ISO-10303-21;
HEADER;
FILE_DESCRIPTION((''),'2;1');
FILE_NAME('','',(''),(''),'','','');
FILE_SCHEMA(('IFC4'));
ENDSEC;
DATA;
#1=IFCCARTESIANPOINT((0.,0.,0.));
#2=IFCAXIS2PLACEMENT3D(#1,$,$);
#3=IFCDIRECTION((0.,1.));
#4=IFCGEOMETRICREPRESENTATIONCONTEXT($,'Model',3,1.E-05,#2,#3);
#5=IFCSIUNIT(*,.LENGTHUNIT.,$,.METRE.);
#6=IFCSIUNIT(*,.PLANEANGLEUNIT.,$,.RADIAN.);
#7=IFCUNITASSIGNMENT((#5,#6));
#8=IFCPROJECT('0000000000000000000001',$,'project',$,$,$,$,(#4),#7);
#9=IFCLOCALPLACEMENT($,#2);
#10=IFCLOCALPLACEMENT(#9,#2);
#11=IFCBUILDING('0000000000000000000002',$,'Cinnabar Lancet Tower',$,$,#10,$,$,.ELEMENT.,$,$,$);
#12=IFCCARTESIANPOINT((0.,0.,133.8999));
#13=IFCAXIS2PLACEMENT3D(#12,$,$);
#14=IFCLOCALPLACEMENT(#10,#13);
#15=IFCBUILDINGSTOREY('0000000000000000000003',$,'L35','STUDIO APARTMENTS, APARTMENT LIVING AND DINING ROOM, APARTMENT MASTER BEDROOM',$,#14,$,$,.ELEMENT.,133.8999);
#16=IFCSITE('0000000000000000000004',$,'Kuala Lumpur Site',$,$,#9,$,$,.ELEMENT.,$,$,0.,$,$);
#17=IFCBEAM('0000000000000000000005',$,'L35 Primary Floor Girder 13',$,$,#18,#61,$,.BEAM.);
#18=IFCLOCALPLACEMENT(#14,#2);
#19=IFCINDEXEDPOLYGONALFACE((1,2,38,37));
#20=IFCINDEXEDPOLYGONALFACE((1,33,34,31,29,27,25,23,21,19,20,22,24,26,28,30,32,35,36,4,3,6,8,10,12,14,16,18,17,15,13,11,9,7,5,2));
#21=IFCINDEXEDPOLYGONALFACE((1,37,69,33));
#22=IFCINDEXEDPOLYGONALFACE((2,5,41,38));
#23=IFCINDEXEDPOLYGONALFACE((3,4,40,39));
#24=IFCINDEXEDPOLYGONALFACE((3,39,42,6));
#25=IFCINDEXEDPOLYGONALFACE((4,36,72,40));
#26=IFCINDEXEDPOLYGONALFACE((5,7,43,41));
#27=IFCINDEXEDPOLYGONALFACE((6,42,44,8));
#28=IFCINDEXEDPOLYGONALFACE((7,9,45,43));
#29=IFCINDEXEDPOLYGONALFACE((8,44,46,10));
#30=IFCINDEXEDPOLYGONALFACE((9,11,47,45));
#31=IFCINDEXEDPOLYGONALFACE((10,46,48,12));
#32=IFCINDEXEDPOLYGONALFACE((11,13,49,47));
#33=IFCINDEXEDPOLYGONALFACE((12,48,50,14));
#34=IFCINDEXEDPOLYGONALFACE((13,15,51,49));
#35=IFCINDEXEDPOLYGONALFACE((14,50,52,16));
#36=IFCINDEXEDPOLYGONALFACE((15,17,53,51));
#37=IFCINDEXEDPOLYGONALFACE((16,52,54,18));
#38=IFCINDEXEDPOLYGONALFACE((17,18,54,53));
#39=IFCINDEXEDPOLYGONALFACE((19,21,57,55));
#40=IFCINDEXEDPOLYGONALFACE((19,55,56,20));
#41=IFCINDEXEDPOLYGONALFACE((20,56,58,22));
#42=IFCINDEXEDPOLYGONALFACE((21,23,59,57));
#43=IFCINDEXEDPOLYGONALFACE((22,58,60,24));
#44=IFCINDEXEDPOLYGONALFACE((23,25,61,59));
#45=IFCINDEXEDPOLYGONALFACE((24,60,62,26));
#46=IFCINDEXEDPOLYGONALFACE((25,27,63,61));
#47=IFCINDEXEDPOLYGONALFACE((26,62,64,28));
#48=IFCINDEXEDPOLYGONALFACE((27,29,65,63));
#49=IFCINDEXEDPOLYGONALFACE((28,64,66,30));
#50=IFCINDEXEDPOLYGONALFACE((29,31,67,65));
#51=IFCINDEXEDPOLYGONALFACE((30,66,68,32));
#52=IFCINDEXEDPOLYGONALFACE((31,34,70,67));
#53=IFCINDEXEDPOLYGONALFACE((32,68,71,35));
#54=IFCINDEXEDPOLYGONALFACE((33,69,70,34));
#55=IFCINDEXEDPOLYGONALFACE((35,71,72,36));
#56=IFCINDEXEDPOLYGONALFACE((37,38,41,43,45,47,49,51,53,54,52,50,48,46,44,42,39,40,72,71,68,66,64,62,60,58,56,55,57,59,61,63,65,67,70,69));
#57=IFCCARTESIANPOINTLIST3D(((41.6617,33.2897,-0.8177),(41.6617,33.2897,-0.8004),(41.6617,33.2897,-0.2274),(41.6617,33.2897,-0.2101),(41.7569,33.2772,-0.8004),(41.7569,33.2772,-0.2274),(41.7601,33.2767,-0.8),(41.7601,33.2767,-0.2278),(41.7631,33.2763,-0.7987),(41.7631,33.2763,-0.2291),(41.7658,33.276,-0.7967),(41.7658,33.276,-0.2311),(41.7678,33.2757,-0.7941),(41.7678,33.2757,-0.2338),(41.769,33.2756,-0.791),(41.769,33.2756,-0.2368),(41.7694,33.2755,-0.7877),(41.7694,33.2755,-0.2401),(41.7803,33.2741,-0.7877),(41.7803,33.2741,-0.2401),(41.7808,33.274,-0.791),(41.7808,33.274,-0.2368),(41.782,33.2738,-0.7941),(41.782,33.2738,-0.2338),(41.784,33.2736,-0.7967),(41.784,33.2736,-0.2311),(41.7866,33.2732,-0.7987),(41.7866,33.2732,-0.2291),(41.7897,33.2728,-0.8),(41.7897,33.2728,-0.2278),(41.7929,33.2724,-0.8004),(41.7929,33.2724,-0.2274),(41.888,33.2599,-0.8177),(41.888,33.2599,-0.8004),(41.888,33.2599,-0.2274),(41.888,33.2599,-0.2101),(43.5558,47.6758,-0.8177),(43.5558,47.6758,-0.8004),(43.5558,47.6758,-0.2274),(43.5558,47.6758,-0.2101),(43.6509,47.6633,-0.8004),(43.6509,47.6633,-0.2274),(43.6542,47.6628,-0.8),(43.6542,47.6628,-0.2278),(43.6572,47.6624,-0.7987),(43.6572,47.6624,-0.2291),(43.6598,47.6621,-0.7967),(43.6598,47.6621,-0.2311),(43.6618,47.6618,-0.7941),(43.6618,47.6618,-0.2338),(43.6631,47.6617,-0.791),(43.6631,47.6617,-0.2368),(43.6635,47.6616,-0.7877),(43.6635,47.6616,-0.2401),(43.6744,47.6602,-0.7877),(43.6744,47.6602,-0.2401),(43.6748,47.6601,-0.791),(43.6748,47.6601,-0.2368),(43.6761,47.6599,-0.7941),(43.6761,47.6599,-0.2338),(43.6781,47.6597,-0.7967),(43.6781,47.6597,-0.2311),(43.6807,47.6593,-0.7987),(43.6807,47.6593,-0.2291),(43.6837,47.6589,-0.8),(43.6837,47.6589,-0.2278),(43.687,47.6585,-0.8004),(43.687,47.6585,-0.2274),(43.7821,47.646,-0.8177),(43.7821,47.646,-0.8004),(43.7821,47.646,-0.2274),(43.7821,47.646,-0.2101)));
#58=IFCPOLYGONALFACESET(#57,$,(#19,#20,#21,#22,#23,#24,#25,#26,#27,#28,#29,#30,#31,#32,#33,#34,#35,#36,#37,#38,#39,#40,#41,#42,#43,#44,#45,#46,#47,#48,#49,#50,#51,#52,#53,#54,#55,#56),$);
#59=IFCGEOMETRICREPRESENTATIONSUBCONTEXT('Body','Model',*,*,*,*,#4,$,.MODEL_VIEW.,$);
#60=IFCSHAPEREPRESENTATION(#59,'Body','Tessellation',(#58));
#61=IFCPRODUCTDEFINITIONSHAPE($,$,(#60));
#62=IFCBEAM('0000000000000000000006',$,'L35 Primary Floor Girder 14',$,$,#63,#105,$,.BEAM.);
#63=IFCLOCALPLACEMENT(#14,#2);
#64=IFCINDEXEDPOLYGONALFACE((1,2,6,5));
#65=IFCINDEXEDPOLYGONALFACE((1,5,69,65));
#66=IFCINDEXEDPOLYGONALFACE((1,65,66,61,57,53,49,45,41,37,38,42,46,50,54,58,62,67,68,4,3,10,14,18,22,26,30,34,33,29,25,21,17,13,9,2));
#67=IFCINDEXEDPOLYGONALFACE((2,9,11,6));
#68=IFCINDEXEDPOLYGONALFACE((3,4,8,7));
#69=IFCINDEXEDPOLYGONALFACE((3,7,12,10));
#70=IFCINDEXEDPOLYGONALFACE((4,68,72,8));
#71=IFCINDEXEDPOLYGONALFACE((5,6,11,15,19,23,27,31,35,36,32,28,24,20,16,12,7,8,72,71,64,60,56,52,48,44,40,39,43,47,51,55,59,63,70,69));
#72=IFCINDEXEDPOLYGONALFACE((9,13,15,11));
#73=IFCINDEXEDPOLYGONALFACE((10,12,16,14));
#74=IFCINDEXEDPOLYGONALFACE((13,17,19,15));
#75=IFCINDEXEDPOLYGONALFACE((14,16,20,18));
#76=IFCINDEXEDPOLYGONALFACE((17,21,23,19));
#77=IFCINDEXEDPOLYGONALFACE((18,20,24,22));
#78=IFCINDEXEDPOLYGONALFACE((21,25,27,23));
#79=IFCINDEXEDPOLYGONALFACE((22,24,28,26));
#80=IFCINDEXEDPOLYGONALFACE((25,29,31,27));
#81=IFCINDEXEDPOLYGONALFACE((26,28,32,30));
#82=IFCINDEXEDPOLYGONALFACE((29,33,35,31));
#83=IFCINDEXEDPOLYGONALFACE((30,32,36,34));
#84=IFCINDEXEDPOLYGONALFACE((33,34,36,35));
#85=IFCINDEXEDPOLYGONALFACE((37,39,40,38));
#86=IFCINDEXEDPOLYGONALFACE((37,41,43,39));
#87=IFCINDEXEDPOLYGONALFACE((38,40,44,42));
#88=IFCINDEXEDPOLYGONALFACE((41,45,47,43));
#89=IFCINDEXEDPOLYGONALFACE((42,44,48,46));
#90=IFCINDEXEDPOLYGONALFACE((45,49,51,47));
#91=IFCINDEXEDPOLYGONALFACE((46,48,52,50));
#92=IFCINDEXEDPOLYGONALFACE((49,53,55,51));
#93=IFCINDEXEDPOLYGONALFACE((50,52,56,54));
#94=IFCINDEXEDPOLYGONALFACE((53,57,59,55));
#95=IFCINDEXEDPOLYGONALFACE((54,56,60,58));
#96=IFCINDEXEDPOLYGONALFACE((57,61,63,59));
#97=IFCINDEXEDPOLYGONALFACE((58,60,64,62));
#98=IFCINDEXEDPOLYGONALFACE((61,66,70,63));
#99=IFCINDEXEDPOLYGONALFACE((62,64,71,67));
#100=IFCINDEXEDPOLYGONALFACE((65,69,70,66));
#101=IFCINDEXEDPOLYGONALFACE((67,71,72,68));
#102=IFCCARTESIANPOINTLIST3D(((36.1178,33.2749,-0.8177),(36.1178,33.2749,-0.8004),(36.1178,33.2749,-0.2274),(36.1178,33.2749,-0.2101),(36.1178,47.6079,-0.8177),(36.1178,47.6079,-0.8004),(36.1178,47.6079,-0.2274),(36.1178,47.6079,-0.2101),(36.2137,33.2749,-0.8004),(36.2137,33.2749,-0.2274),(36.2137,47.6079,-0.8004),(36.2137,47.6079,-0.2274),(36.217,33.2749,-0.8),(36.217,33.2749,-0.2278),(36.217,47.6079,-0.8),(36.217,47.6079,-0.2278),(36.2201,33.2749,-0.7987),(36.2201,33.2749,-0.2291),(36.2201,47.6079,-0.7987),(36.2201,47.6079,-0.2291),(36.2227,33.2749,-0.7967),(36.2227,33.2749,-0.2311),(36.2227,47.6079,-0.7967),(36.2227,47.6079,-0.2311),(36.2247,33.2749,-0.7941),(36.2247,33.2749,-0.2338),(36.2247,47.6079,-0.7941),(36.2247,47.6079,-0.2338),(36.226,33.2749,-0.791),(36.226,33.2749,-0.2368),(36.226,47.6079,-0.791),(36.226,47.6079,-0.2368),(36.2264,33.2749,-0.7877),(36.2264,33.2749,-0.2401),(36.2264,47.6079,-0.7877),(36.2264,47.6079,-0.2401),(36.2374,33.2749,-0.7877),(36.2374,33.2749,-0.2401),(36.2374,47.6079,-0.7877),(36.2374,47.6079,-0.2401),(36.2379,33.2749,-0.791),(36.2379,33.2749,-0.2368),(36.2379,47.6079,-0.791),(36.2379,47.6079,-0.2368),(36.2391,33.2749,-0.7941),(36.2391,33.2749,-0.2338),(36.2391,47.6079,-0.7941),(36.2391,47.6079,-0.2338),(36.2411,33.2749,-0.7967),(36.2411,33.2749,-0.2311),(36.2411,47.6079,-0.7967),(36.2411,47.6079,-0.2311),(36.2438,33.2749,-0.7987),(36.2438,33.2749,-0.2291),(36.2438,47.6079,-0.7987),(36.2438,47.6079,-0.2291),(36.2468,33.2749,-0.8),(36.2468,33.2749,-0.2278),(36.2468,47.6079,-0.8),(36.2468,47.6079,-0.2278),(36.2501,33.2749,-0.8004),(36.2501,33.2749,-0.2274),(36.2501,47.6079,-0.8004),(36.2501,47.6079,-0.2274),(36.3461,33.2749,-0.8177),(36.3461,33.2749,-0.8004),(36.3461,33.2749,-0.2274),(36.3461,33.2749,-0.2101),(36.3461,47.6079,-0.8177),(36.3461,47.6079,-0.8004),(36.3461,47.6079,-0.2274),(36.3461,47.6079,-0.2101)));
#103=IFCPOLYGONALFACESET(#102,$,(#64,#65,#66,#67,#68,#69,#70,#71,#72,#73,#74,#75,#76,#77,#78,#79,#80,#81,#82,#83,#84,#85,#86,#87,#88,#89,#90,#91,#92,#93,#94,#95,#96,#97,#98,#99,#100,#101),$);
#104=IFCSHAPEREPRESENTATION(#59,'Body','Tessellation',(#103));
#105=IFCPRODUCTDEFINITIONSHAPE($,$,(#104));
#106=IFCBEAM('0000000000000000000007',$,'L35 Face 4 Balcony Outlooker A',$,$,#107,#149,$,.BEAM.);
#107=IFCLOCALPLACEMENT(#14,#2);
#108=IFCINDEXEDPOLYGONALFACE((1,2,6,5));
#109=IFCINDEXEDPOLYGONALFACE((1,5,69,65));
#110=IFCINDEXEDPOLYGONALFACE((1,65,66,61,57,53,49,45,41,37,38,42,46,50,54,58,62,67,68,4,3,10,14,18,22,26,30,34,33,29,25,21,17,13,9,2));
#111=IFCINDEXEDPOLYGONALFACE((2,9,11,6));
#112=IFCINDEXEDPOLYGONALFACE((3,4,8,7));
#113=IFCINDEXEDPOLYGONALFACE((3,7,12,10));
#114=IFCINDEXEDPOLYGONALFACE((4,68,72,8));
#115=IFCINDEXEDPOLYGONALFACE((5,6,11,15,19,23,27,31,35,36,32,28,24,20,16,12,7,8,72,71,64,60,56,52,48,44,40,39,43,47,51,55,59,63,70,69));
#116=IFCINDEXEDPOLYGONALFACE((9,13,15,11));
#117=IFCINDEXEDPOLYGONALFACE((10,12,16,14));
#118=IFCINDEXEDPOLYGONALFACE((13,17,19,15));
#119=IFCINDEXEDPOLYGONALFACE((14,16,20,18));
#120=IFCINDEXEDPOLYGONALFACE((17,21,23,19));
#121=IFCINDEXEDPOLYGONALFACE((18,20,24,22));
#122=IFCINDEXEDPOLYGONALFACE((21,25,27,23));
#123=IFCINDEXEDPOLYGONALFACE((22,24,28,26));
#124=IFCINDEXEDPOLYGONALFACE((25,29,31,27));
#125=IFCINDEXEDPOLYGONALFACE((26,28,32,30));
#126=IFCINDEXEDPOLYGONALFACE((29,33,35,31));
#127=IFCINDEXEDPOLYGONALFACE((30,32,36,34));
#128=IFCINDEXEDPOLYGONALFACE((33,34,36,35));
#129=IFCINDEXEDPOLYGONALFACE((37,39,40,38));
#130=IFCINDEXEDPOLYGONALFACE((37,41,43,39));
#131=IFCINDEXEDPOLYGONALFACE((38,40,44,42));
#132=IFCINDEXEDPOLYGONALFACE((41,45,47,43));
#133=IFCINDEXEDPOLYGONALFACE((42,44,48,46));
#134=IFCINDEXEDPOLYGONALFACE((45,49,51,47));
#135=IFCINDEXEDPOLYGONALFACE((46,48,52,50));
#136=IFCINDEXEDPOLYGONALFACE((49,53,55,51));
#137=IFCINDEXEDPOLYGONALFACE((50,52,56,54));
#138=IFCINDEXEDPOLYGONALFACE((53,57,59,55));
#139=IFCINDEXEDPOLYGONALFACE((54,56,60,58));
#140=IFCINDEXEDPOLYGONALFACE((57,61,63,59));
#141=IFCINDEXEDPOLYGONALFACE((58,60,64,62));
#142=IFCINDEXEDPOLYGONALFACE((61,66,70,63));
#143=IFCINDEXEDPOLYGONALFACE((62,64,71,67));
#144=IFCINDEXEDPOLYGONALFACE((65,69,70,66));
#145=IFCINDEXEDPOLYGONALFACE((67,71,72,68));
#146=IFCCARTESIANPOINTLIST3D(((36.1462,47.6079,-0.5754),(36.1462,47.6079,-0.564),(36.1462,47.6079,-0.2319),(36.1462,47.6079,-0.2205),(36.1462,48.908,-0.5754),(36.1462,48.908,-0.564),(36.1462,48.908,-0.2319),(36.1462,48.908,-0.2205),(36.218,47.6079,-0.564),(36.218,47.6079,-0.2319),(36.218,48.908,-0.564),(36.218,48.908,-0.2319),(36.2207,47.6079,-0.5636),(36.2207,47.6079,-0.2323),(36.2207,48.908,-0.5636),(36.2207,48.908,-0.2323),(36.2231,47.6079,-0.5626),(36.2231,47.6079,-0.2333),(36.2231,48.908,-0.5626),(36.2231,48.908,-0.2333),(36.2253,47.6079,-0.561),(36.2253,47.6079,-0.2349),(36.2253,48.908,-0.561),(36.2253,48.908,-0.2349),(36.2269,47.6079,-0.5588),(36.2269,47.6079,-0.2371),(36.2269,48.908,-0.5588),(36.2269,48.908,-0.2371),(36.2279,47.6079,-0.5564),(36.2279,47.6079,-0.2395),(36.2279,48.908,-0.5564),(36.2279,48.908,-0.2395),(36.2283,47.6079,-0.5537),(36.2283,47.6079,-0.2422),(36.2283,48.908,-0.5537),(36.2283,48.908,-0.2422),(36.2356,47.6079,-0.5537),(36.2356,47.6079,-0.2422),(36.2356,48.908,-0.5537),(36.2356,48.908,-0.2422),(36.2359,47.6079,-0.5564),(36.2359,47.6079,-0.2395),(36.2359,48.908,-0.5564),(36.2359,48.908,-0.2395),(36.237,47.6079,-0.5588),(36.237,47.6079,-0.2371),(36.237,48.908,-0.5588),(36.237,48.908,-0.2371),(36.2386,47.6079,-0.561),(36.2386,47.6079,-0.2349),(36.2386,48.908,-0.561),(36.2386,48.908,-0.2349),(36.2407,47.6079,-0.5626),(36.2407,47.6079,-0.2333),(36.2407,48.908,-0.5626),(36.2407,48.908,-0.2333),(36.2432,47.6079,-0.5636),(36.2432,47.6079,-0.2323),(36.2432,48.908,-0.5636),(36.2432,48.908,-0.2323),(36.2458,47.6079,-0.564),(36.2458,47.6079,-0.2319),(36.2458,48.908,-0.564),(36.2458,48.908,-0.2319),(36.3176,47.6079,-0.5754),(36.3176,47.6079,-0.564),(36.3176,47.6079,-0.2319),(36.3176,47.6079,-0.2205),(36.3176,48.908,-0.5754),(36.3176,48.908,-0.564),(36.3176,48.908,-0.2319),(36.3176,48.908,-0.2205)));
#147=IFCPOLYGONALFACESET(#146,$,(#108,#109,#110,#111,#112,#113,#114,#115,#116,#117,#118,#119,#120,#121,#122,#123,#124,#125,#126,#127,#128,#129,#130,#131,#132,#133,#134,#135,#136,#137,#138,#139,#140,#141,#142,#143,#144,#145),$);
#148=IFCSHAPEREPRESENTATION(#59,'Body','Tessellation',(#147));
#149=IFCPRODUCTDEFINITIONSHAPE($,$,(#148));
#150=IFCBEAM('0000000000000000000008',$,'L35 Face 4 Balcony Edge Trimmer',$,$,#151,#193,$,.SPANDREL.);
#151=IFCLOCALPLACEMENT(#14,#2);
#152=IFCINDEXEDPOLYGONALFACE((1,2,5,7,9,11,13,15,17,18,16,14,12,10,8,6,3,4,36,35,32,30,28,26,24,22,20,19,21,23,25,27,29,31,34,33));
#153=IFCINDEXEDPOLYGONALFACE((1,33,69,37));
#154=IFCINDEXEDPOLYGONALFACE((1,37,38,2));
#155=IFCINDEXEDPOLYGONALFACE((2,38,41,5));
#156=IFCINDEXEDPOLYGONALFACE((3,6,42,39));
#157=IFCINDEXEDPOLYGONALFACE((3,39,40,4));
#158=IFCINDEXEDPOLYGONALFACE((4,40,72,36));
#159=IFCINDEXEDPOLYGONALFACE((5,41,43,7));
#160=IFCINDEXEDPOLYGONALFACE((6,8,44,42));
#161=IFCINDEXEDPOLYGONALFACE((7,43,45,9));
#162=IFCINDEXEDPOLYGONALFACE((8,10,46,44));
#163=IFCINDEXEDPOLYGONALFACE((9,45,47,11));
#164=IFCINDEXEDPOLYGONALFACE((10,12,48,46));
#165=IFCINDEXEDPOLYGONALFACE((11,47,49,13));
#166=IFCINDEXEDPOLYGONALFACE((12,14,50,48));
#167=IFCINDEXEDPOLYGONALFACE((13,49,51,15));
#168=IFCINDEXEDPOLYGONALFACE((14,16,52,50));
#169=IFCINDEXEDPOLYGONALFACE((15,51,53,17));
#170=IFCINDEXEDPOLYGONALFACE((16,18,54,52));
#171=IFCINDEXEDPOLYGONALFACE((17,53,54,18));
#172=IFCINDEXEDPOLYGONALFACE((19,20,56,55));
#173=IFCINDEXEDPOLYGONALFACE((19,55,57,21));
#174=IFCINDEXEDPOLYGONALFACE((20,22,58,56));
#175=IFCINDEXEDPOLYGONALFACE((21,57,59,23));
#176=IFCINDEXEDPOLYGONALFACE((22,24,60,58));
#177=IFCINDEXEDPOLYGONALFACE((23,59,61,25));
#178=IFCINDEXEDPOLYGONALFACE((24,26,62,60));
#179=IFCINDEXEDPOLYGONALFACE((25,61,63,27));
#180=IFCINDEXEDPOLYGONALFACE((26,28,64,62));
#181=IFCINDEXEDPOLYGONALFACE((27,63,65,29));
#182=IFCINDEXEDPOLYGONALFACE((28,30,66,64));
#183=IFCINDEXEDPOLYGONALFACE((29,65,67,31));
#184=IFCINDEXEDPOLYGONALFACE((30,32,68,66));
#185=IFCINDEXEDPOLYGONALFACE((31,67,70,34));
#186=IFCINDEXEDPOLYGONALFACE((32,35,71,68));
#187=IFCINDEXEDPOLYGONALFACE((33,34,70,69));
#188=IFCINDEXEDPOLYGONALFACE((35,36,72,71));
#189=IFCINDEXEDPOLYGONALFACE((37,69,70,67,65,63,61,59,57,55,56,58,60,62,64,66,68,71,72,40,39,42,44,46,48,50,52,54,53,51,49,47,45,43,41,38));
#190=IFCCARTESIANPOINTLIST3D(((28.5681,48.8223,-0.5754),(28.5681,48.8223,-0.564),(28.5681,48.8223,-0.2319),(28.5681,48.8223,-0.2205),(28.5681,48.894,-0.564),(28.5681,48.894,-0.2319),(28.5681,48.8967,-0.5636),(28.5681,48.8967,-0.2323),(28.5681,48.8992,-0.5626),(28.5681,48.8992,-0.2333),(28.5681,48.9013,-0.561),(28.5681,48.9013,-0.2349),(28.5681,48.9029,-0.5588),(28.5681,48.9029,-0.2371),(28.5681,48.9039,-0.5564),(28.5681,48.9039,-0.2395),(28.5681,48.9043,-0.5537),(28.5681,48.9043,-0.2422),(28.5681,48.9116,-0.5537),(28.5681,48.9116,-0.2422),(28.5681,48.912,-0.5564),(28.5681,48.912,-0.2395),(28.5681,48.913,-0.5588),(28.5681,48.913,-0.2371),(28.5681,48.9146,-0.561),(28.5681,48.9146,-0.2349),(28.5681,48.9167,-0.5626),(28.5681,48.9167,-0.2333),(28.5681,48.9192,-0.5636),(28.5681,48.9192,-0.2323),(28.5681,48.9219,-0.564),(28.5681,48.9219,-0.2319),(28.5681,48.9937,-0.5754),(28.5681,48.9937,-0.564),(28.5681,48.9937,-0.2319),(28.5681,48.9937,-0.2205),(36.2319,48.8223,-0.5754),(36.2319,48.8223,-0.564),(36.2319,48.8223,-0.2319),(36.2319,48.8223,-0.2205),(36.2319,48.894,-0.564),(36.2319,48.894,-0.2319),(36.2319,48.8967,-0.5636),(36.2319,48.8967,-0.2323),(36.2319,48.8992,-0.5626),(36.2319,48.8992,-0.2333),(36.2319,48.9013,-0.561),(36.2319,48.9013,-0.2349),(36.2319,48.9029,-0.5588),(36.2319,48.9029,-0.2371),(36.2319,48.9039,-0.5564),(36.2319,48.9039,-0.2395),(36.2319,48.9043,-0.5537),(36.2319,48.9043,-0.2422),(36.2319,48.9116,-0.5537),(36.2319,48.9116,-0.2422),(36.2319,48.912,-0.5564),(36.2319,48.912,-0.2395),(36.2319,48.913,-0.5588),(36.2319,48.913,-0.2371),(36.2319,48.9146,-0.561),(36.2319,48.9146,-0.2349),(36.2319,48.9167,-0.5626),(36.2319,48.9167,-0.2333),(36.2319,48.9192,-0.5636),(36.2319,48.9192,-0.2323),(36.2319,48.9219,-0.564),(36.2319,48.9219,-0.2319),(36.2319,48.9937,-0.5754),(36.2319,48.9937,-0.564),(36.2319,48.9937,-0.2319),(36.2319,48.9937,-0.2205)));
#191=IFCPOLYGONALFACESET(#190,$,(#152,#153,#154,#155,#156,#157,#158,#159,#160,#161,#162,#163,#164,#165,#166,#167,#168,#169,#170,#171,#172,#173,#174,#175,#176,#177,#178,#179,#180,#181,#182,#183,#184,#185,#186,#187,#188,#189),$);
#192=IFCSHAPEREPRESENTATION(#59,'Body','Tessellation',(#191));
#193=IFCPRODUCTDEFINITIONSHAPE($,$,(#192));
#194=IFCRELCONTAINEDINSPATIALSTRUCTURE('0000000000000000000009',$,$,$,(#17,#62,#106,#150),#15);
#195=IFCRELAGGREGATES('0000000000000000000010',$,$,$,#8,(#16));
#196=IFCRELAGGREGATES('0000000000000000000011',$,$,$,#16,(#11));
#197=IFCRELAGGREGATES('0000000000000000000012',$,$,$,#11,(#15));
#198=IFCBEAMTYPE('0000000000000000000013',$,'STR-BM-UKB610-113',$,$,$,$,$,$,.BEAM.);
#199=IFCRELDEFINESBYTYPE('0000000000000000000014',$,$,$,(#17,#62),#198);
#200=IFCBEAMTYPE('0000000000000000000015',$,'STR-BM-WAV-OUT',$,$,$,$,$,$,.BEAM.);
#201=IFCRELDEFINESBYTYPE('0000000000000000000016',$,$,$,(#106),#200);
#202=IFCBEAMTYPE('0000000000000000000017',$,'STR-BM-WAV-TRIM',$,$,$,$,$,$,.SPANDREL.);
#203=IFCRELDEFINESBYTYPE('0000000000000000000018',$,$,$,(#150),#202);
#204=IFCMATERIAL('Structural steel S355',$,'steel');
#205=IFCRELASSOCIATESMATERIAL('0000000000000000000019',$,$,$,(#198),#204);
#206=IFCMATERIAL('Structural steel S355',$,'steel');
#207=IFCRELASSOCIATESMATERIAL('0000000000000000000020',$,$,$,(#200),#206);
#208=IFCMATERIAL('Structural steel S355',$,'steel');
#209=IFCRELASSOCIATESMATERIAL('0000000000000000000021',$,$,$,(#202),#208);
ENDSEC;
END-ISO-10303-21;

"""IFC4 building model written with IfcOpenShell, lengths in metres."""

from ifc_helpers import new_model, si_unit, direction, frame, origin, origin_2d, place, context, subcontext, project, spatial, i_section, extrude, material, material_profile, profile_set, type_object, element, save


model = new_model("IFC4")

# Units and contexts
model_context = context("Model", 3, precision=1e-05, world=origin(), true_north=direction((0.0, 1.0)))
body_context = subcontext(model_context, "Body", "Model", "MODEL_VIEW")
ifc_project = project(units=[si_unit("LENGTHUNIT", "METRE"), si_unit("PLANEANGLEUNIT", "RADIAN")], contexts=[model_context])

# Site, building, storey
site_placement = place(None, origin())
site = spatial("IfcSite", under=ifc_project, at=site_placement, Name="Kuala Lumpur Site", CompositionType="ELEMENT", RefElevation=0.0)
building_placement = place(site_placement, origin())
building = spatial("IfcBuilding", under=site, at=building_placement, Name="Cinnabar Lancet Tower", CompositionType="ELEMENT")
storey_placement = place(building_placement, frame((0.0, 0.0, 133.8999)))
storey = spatial("IfcBuildingStorey", under=building, at=storey_placement, Name="L35", Description="STUDIO APARTMENTS, APARTMENT LIVING AND DINING ROOM, APARTMENT MASTER BEDROOM", CompositionType="ELEMENT", Elevation=133.8999)

# Beams
ifc_material_1 = material(Name="Structural steel S355", Category="steel")
ifc_material_profile_1 = material_profile(ifc_material_1, i_section(OverallWidth=0.2283, OverallDepth=0.6077, WebThickness=0.011, FlangeThickness=0.0173, FilletRadius=0.0127, at=origin_2d()), Name="UKB 610x229x113")
ifc_profile_set_1 = profile_set([ifc_material_profile_1], Name="Structural steel S355")
beam_type_1 = type_object("IfcBeamType", Name="STR-BM-UKB610-113", PredefinedType="BEAM", material=ifc_profile_set_1)
beam_1_placement = place(storey_placement, frame((43.6689, 47.6609, -0.5139), z_axis=(-0.130532, -0.991444, 0.0), x_axis=(0.991444, -0.130532, 0.0)))
element("IfcBeam", 1, at=beam_1_placement, inside=storey, type_object=beam_type_1, Name="L35 Primary Floor Girder 13", PredefinedType="BEAM", context=body_context, shape_type="SweptSolid", body=[
    extrude(i_section(OverallWidth=0.2283, OverallDepth=0.6077, WebThickness=0.011, FlangeThickness=0.0173, FilletRadius=0.0127, at=origin_2d()), origin(), (0.0, 0.0, 1.0), 14.5103),
])
beam_2_placement = place(storey_placement, frame((36.2319, 47.6079, -0.5139), z_axis=(0.0, -1.0, 0.0), x_axis=(1.0, 0.0, 0.0)))
element("IfcBeam", 2, at=beam_2_placement, inside=storey, type_object=beam_type_1, Name="L35 Primary Floor Girder 14", PredefinedType="BEAM", context=body_context, shape_type="SweptSolid", body=[
    extrude(i_section(OverallWidth=0.2283, OverallDepth=0.6077, WebThickness=0.011, FlangeThickness=0.0173, FilletRadius=0.0127, at=origin_2d()), origin(), (0.0, 0.0, 1.0), 14.333),
])
ifc_material_2 = material(Name="Structural steel S355", Category="steel")
ifc_material_profile_2 = material_profile(ifc_material_2, i_section(OverallWidth=0.1714, OverallDepth=0.355, WebThickness=0.0073, FlangeThickness=0.0115, FilletRadius=0.0103, at=origin_2d()), Name="UKB 356x171x51")
ifc_profile_set_2 = profile_set([ifc_material_profile_2], Name="Structural steel S355")
beam_type_2 = type_object("IfcBeamType", Name="STR-BM-WAV-OUT", PredefinedType="BEAM", material=ifc_profile_set_2)
beam_3_placement = place(storey_placement, frame((36.2319, 47.6079, -0.3979), z_axis=(0.0, 1.0, 0.0), x_axis=(-1.0, 0.0, 0.0)))
element("IfcBeam", 3, at=beam_3_placement, inside=storey, type_object=beam_type_2, Name="L35 Face 4 Balcony Outlooker A", PredefinedType="BEAM", context=body_context, shape_type="SweptSolid", body=[
    extrude(i_section(OverallWidth=0.1714, OverallDepth=0.355, WebThickness=0.0073, FlangeThickness=0.0115, FilletRadius=0.0103, at=origin_2d()), origin(), (0.0, 0.0, 1.0), 1.3),
])
ifc_material_3 = material(Name="Structural steel S355", Category="steel")
ifc_material_profile_3 = material_profile(ifc_material_3, i_section(OverallWidth=0.1714, OverallDepth=0.355, WebThickness=0.0073, FlangeThickness=0.0115, FilletRadius=0.0103, at=origin_2d()), Name="UKB 356x171x51")
ifc_profile_set_3 = profile_set([ifc_material_profile_3], Name="Structural steel S355")
beam_type_3 = type_object("IfcBeamType", Name="STR-BM-WAV-TRIM", PredefinedType="SPANDREL", material=ifc_profile_set_3)
beam_4_placement = place(storey_placement, frame((36.2319, 48.908, -0.3979), z_axis=(-1.0, 0.0, 0.0), x_axis=(0.0, -1.0, 0.0)))
element("IfcBeam", 4, at=beam_4_placement, inside=storey, type_object=beam_type_3, Name="L35 Face 4 Balcony Edge Trimmer", PredefinedType="SPANDREL", context=body_context, shape_type="SweptSolid", body=[
    extrude(i_section(OverallWidth=0.1714, OverallDepth=0.355, WebThickness=0.0073, FlangeThickness=0.0115, FilletRadius=0.0103, at=origin_2d()), origin(), (0.0, 0.0, 1.0), 7.6638),
])

save(model, "model.ifc")
